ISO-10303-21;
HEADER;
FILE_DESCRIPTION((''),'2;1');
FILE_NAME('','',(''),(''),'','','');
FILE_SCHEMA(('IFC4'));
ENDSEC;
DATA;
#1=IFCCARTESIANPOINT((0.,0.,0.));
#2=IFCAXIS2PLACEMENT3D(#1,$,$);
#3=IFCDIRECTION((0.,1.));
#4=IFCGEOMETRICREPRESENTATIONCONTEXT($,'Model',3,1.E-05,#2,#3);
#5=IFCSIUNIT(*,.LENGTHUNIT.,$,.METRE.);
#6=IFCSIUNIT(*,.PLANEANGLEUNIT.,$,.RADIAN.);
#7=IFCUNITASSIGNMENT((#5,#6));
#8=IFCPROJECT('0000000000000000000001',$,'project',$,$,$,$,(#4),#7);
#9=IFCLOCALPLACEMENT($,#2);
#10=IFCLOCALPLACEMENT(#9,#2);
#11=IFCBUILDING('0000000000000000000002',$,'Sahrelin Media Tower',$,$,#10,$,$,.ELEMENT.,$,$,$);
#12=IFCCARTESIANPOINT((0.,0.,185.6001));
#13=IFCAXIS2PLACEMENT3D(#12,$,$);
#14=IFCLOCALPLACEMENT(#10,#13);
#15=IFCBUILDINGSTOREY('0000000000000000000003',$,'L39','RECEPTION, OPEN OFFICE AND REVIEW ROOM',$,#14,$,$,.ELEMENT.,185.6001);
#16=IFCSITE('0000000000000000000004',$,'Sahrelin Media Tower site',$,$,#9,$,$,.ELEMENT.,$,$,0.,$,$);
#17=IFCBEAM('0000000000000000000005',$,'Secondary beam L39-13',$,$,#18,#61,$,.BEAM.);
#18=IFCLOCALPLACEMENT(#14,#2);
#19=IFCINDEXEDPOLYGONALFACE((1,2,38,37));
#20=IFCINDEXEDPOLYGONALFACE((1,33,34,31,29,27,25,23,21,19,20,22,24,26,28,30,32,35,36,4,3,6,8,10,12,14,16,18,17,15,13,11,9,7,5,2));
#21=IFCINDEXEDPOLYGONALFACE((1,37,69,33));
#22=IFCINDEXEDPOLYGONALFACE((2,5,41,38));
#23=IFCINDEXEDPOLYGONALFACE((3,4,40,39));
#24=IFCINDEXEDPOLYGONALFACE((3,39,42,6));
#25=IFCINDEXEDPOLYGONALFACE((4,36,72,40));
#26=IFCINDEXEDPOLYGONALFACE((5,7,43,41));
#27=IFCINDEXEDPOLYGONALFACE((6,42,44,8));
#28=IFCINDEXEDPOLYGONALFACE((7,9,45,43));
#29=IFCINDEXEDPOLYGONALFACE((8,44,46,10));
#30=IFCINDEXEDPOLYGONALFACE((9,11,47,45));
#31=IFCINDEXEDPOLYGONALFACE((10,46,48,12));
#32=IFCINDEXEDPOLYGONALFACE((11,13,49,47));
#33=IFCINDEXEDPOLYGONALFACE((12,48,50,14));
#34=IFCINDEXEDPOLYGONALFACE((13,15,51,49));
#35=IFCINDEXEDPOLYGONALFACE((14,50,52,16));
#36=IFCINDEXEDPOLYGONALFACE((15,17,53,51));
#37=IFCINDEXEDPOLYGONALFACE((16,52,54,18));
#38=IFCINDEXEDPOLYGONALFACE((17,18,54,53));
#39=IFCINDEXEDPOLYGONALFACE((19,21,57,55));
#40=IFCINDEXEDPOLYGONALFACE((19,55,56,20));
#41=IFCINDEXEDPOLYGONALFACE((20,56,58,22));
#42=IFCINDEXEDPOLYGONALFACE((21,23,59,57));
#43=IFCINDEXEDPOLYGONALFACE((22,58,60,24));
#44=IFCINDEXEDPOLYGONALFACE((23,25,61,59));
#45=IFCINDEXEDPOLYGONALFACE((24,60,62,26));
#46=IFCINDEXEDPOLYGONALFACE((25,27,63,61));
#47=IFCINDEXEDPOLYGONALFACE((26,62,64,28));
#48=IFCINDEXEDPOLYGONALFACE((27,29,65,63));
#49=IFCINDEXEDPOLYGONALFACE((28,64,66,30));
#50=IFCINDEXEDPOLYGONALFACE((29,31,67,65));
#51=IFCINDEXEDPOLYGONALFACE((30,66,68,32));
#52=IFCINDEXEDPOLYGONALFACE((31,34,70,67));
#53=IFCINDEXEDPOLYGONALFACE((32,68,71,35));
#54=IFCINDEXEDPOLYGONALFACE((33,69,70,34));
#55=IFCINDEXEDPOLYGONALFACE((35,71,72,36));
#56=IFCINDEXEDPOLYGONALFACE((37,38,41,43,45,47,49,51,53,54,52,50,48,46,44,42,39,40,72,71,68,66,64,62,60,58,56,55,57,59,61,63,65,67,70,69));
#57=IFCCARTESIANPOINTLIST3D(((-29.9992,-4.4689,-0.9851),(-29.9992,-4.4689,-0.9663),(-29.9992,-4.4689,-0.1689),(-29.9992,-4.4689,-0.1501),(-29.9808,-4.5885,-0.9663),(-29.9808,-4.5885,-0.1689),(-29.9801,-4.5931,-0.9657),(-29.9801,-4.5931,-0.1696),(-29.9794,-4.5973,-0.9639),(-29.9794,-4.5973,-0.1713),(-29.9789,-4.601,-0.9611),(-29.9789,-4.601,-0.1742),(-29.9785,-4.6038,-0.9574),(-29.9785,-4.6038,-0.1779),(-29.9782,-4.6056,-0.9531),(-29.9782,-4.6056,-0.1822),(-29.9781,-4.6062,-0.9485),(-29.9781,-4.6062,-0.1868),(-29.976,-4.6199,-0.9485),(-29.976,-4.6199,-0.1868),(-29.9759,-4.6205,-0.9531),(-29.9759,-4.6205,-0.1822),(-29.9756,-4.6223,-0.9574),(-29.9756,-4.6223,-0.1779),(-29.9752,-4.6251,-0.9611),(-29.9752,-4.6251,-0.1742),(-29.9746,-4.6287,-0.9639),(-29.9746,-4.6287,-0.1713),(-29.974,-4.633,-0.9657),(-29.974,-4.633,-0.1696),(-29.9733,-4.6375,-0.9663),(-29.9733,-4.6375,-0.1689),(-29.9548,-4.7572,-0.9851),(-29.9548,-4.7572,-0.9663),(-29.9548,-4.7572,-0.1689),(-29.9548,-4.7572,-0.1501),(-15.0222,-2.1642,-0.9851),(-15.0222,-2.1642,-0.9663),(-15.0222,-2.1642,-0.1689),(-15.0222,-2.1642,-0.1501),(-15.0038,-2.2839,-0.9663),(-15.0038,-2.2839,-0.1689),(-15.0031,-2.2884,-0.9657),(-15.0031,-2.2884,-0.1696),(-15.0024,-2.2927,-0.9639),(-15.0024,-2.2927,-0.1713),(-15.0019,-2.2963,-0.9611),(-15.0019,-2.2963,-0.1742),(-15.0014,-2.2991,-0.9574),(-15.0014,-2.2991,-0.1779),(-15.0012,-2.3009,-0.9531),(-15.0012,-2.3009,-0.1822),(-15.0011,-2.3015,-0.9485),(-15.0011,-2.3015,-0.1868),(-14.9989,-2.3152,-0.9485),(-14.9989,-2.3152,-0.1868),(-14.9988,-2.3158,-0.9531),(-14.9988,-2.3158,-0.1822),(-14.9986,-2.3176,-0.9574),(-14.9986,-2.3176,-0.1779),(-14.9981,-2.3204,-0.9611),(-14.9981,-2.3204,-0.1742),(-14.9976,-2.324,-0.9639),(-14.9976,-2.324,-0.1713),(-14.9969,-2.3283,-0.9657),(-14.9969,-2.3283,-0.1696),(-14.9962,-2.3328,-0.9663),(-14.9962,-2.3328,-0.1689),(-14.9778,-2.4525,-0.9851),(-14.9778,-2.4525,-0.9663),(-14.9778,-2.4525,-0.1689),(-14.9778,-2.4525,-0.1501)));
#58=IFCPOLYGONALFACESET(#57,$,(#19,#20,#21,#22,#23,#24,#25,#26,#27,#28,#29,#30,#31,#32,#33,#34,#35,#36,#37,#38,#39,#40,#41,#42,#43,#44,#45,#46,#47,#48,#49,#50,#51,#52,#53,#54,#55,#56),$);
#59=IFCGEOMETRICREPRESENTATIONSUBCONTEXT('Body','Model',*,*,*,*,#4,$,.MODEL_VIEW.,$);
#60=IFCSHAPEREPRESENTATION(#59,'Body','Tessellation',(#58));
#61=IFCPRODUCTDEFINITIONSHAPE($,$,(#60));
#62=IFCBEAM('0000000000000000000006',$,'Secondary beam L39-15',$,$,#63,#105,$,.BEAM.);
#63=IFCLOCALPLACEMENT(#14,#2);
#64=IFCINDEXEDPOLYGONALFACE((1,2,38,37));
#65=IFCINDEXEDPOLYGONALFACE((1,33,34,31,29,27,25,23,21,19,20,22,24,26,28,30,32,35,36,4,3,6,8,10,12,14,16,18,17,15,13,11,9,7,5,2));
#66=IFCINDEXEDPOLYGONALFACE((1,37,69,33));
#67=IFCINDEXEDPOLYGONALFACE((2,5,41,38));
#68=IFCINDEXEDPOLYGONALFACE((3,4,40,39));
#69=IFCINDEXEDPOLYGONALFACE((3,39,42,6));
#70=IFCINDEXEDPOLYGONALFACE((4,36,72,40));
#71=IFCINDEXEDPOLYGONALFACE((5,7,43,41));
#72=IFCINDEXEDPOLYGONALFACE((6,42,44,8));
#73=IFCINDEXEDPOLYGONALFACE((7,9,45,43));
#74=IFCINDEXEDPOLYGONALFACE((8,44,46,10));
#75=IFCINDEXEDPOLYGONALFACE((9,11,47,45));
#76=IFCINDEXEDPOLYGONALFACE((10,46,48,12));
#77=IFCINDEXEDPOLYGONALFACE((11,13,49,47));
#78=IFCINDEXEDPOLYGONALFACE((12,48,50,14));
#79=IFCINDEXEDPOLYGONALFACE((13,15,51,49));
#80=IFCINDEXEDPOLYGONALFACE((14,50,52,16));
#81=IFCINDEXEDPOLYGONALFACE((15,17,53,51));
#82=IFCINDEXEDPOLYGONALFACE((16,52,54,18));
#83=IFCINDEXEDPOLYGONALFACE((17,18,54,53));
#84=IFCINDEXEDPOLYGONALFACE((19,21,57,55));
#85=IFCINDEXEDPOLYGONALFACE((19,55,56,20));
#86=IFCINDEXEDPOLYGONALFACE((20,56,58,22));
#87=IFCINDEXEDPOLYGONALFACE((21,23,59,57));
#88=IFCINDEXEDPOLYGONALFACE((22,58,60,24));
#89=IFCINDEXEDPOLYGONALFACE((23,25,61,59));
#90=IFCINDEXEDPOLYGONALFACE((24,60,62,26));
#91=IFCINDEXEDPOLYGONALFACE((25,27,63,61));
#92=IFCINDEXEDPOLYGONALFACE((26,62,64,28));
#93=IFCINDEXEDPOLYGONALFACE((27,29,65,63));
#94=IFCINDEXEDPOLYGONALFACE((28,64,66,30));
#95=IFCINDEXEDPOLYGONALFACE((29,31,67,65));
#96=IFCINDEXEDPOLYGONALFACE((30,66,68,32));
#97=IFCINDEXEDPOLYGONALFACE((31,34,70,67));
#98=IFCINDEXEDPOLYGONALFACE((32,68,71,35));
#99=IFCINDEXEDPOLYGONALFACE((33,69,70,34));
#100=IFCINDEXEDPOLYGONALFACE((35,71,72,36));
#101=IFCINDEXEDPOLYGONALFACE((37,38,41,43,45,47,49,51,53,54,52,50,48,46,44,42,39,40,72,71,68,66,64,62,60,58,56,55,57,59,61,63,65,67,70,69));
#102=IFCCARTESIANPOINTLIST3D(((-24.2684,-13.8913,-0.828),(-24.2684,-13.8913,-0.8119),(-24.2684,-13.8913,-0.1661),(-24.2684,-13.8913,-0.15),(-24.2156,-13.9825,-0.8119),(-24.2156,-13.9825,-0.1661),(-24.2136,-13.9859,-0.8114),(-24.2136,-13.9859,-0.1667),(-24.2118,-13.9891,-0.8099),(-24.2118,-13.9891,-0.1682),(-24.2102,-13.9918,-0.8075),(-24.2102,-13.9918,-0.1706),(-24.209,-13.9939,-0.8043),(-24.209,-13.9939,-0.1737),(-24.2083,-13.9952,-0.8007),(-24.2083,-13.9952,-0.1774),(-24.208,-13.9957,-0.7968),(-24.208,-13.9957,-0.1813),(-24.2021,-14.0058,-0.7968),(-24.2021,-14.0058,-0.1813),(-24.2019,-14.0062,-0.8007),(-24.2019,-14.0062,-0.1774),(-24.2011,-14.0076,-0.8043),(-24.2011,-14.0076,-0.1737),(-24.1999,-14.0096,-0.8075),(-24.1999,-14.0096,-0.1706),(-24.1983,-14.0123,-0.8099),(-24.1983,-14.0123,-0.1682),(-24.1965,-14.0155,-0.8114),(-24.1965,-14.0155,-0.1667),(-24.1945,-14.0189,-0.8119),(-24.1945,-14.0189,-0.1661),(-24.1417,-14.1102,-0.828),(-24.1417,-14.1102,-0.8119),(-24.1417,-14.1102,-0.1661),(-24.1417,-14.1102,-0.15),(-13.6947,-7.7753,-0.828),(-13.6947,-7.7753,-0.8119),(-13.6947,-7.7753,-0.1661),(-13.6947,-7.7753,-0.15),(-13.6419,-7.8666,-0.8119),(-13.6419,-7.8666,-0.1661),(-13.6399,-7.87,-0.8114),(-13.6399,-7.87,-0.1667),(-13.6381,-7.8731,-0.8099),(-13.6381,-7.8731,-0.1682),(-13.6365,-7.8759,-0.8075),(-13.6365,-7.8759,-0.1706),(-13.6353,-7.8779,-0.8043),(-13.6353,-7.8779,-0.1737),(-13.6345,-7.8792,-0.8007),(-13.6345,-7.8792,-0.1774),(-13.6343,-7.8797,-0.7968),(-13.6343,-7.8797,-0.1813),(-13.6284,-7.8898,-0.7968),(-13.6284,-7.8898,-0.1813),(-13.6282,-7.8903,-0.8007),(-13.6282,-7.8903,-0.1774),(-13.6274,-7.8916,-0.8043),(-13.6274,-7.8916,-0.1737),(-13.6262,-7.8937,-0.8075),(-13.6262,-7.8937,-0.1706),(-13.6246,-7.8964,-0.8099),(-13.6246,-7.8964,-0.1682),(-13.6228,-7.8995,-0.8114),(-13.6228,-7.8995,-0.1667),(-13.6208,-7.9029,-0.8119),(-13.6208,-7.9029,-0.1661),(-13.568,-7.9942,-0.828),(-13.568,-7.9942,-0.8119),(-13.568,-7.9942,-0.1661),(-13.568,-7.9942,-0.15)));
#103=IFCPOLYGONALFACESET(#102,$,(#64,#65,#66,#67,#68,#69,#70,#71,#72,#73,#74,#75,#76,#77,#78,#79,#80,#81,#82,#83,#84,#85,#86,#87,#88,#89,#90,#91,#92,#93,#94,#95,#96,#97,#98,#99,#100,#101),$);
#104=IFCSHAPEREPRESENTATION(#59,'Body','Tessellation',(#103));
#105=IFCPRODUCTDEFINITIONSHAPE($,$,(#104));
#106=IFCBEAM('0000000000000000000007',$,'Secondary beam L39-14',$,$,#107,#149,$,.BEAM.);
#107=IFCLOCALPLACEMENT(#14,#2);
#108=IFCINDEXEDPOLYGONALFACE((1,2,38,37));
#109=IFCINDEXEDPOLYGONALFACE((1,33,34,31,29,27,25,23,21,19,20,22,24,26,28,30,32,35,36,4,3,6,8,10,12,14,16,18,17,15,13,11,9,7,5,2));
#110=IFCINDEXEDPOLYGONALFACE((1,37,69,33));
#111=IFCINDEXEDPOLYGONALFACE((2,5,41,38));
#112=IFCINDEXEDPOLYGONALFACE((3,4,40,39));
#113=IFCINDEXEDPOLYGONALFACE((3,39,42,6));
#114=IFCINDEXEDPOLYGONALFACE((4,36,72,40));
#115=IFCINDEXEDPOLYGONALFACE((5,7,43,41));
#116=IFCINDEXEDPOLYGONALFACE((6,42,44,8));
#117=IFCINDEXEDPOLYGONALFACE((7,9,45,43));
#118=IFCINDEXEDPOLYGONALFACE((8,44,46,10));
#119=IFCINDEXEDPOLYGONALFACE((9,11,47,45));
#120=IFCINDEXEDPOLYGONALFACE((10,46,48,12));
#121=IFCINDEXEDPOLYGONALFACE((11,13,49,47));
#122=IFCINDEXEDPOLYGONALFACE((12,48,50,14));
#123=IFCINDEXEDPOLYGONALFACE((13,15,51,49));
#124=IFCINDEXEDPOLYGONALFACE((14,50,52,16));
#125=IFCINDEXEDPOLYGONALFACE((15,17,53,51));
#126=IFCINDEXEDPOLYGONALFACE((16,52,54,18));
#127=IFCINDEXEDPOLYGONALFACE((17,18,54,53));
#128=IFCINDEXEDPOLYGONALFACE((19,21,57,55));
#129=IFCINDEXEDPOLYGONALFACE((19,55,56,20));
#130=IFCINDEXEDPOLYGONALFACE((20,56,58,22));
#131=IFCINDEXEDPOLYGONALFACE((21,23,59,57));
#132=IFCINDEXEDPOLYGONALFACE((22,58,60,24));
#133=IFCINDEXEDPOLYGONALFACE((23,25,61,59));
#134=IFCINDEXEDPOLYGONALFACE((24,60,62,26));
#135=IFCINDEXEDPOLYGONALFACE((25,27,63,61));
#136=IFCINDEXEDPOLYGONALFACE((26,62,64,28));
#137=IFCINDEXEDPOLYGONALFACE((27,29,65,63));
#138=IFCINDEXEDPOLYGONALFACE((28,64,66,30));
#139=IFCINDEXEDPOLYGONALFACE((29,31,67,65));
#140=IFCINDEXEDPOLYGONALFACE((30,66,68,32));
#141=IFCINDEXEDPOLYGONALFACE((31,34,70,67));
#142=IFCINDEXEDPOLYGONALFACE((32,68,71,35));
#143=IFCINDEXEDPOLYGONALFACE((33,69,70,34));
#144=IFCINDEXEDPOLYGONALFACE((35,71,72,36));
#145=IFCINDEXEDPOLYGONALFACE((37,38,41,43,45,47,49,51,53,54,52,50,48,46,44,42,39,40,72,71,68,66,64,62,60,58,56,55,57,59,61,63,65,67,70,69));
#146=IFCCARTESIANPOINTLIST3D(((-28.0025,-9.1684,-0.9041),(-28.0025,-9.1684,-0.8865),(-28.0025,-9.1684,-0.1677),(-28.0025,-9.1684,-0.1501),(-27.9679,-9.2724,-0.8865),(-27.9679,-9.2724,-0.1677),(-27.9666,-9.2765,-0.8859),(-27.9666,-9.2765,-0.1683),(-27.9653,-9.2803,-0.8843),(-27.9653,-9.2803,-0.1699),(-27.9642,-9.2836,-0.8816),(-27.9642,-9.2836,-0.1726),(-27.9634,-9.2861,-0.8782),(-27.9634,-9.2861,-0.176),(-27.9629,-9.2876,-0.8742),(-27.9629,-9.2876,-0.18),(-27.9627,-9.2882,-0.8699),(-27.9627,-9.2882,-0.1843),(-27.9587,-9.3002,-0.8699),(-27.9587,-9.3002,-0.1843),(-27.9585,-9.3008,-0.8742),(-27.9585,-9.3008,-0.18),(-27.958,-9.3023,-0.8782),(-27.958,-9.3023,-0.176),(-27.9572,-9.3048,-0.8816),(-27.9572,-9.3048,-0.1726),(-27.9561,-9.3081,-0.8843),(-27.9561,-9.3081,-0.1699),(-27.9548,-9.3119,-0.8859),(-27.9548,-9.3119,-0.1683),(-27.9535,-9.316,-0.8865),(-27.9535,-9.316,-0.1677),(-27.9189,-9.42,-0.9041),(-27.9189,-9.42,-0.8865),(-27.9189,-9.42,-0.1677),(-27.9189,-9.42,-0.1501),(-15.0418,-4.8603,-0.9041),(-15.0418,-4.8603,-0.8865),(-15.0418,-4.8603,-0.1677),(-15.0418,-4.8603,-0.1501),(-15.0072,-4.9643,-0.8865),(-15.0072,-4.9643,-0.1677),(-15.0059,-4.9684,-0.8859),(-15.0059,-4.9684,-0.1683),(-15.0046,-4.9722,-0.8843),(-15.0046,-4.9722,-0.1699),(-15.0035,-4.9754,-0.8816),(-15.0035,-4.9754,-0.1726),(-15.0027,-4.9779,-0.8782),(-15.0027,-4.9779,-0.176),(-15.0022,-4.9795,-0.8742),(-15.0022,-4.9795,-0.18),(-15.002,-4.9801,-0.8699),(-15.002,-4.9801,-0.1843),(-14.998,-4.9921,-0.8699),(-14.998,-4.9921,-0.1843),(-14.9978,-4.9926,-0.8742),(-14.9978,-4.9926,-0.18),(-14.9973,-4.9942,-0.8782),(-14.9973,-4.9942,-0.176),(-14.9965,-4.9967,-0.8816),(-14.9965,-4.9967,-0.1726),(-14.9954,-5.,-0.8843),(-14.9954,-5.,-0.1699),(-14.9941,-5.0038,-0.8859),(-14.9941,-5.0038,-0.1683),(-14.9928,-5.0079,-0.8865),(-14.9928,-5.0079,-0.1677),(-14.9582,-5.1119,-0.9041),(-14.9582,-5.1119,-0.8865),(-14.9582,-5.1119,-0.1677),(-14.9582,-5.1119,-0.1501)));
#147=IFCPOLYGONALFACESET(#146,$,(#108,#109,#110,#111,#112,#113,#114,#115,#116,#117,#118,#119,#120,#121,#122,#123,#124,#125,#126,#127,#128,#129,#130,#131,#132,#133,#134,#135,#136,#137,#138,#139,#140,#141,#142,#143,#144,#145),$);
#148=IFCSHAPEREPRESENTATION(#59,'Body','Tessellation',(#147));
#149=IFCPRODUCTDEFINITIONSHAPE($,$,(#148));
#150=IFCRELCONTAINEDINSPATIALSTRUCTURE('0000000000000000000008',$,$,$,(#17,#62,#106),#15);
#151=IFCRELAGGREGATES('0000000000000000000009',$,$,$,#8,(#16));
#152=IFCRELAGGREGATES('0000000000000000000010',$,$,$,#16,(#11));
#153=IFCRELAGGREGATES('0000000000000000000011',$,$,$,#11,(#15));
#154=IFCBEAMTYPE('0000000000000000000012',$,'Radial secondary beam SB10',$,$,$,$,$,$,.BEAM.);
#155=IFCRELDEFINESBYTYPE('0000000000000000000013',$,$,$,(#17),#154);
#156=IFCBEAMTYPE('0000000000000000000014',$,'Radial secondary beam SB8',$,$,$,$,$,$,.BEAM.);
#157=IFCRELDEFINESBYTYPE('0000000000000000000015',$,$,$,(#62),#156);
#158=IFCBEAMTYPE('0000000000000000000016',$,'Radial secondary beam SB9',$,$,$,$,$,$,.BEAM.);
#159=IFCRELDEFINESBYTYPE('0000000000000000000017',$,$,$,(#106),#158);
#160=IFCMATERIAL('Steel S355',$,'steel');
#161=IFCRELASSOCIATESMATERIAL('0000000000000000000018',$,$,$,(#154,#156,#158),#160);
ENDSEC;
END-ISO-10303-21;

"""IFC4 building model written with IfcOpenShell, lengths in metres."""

from ifc_helpers import new_model, si_unit, direction, frame, origin, origin_2d, place, context, subcontext, project, spatial, i_section, extrude, material, material_profile, profile_set, type_object, element, save


model = new_model("IFC4")

# Units and contexts
model_context = context("Model", 3, precision=1e-05, world=origin(), true_north=direction((0.0, 1.0)))
body_context = subcontext(model_context, "Body", "Model", "MODEL_VIEW")
ifc_project = project(units=[si_unit("LENGTHUNIT", "METRE"), si_unit("PLANEANGLEUNIT", "RADIAN")], contexts=[model_context])

# Site, building, storey
site_placement = place(None, origin())
site = spatial("IfcSite", under=ifc_project, at=site_placement, Name="Sahrelin Media Tower site", CompositionType="ELEMENT", RefElevation=0.0)
building_placement = place(site_placement, origin())
building = spatial("IfcBuilding", under=site, at=building_placement, Name="Sahrelin Media Tower", CompositionType="ELEMENT")
storey_placement = place(building_placement, frame((0.0, 0.0, 185.6001)))
storey = spatial("IfcBuildingStorey", under=building, at=storey_placement, Name="L39", Description="RECEPTION, OPEN OFFICE AND REVIEW ROOM", CompositionType="ELEMENT", Elevation=185.6001)

# Beams
ifc_material_1 = material(Name="Steel S355", Category="steel")
ifc_material_profile_1 = material_profile(ifc_material_1, i_section(OverallWidth=0.2917, OverallDepth=0.835, WebThickness=0.0139, FlangeThickness=0.0188, FilletRadius=0.0178, at=origin_2d()), Name="UB 838x292x176")
ifc_profile_set_1 = profile_set([ifc_material_profile_1], Name="Steel S355")
beam_type_1 = type_object("IfcBeamType", Name="Radial secondary beam SB10", PredefinedType="BEAM", material=ifc_profile_set_1)
beam_1_placement = place(storey_placement, frame((-15.0, -2.3083, -0.5676), z_axis=(-0.988366, -0.152091, 0.0), x_axis=(0.152091, -0.988366, 0.0)))
element("IfcBeam", 1, at=beam_1_placement, inside=storey, type_object=beam_type_1, Name="Secondary beam L39-13", PredefinedType="BEAM", context=body_context, shape_type="SweptSolid", body=[
    extrude(i_section(OverallWidth=0.2917, OverallDepth=0.835, WebThickness=0.0139, FlangeThickness=0.0188, FilletRadius=0.0178, at=origin_2d()), origin(), (0.0, 0.0, 1.0), 15.1533),
])
ifc_material_profile_2 = material_profile(ifc_material_1, i_section(OverallWidth=0.2529, OverallDepth=0.678, WebThickness=0.0117, FlangeThickness=0.0161, FilletRadius=0.0151, at=origin_2d()), Name="UB 686x254x125")
ifc_profile_set_2 = profile_set([ifc_material_profile_2], Name="Steel S355")
beam_type_2 = type_object("IfcBeamType", Name="Radial secondary beam SB8", PredefinedType="BEAM", material=ifc_profile_set_2)
beam_2_placement = place(storey_placement, frame((-13.6313, -7.8848, -0.489), z_axis=(-0.865627, -0.500689, 0.0), x_axis=(0.500689, -0.865627, 0.0)))
element("IfcBeam", 2, at=beam_2_placement, inside=storey, type_object=beam_type_2, Name="Secondary beam L39-15", PredefinedType="BEAM", context=body_context, shape_type="SweptSolid", body=[
    extrude(i_section(OverallWidth=0.2529, OverallDepth=0.678, WebThickness=0.0117, FlangeThickness=0.0161, FilletRadius=0.0151, at=origin_2d()), origin(), (0.0, 0.0, 1.0), 12.2151),
])
ifc_material_profile_3 = material_profile(ifc_material_1, i_section(OverallWidth=0.2651, OverallDepth=0.7539, WebThickness=0.0127, FlangeThickness=0.0176, FilletRadius=0.0166, at=origin_2d()), Name="UB 762x267x147")
ifc_profile_set_3 = profile_set([ifc_material_profile_3], Name="Steel S355")
beam_type_3 = type_object("IfcBeamType", Name="Radial secondary beam SB9", PredefinedType="BEAM", material=ifc_profile_set_3)
beam_3_placement = place(storey_placement, frame((-15.0, -4.9861, -0.5271), z_axis=(-0.948949, -0.315429, 0.0), x_axis=(0.315429, -0.948949, 0.0)))
element("IfcBeam", 3, at=beam_3_placement, inside=storey, type_object=beam_type_3, Name="Secondary beam L39-14", PredefinedType="BEAM", context=body_context, shape_type="SweptSolid", body=[
    extrude(i_section(OverallWidth=0.2651, OverallDepth=0.7539, WebThickness=0.0127, FlangeThickness=0.0176, FilletRadius=0.0166, at=origin_2d()), origin(), (0.0, 0.0, 1.0), 13.658),
])

save(model, "model.ifc")
